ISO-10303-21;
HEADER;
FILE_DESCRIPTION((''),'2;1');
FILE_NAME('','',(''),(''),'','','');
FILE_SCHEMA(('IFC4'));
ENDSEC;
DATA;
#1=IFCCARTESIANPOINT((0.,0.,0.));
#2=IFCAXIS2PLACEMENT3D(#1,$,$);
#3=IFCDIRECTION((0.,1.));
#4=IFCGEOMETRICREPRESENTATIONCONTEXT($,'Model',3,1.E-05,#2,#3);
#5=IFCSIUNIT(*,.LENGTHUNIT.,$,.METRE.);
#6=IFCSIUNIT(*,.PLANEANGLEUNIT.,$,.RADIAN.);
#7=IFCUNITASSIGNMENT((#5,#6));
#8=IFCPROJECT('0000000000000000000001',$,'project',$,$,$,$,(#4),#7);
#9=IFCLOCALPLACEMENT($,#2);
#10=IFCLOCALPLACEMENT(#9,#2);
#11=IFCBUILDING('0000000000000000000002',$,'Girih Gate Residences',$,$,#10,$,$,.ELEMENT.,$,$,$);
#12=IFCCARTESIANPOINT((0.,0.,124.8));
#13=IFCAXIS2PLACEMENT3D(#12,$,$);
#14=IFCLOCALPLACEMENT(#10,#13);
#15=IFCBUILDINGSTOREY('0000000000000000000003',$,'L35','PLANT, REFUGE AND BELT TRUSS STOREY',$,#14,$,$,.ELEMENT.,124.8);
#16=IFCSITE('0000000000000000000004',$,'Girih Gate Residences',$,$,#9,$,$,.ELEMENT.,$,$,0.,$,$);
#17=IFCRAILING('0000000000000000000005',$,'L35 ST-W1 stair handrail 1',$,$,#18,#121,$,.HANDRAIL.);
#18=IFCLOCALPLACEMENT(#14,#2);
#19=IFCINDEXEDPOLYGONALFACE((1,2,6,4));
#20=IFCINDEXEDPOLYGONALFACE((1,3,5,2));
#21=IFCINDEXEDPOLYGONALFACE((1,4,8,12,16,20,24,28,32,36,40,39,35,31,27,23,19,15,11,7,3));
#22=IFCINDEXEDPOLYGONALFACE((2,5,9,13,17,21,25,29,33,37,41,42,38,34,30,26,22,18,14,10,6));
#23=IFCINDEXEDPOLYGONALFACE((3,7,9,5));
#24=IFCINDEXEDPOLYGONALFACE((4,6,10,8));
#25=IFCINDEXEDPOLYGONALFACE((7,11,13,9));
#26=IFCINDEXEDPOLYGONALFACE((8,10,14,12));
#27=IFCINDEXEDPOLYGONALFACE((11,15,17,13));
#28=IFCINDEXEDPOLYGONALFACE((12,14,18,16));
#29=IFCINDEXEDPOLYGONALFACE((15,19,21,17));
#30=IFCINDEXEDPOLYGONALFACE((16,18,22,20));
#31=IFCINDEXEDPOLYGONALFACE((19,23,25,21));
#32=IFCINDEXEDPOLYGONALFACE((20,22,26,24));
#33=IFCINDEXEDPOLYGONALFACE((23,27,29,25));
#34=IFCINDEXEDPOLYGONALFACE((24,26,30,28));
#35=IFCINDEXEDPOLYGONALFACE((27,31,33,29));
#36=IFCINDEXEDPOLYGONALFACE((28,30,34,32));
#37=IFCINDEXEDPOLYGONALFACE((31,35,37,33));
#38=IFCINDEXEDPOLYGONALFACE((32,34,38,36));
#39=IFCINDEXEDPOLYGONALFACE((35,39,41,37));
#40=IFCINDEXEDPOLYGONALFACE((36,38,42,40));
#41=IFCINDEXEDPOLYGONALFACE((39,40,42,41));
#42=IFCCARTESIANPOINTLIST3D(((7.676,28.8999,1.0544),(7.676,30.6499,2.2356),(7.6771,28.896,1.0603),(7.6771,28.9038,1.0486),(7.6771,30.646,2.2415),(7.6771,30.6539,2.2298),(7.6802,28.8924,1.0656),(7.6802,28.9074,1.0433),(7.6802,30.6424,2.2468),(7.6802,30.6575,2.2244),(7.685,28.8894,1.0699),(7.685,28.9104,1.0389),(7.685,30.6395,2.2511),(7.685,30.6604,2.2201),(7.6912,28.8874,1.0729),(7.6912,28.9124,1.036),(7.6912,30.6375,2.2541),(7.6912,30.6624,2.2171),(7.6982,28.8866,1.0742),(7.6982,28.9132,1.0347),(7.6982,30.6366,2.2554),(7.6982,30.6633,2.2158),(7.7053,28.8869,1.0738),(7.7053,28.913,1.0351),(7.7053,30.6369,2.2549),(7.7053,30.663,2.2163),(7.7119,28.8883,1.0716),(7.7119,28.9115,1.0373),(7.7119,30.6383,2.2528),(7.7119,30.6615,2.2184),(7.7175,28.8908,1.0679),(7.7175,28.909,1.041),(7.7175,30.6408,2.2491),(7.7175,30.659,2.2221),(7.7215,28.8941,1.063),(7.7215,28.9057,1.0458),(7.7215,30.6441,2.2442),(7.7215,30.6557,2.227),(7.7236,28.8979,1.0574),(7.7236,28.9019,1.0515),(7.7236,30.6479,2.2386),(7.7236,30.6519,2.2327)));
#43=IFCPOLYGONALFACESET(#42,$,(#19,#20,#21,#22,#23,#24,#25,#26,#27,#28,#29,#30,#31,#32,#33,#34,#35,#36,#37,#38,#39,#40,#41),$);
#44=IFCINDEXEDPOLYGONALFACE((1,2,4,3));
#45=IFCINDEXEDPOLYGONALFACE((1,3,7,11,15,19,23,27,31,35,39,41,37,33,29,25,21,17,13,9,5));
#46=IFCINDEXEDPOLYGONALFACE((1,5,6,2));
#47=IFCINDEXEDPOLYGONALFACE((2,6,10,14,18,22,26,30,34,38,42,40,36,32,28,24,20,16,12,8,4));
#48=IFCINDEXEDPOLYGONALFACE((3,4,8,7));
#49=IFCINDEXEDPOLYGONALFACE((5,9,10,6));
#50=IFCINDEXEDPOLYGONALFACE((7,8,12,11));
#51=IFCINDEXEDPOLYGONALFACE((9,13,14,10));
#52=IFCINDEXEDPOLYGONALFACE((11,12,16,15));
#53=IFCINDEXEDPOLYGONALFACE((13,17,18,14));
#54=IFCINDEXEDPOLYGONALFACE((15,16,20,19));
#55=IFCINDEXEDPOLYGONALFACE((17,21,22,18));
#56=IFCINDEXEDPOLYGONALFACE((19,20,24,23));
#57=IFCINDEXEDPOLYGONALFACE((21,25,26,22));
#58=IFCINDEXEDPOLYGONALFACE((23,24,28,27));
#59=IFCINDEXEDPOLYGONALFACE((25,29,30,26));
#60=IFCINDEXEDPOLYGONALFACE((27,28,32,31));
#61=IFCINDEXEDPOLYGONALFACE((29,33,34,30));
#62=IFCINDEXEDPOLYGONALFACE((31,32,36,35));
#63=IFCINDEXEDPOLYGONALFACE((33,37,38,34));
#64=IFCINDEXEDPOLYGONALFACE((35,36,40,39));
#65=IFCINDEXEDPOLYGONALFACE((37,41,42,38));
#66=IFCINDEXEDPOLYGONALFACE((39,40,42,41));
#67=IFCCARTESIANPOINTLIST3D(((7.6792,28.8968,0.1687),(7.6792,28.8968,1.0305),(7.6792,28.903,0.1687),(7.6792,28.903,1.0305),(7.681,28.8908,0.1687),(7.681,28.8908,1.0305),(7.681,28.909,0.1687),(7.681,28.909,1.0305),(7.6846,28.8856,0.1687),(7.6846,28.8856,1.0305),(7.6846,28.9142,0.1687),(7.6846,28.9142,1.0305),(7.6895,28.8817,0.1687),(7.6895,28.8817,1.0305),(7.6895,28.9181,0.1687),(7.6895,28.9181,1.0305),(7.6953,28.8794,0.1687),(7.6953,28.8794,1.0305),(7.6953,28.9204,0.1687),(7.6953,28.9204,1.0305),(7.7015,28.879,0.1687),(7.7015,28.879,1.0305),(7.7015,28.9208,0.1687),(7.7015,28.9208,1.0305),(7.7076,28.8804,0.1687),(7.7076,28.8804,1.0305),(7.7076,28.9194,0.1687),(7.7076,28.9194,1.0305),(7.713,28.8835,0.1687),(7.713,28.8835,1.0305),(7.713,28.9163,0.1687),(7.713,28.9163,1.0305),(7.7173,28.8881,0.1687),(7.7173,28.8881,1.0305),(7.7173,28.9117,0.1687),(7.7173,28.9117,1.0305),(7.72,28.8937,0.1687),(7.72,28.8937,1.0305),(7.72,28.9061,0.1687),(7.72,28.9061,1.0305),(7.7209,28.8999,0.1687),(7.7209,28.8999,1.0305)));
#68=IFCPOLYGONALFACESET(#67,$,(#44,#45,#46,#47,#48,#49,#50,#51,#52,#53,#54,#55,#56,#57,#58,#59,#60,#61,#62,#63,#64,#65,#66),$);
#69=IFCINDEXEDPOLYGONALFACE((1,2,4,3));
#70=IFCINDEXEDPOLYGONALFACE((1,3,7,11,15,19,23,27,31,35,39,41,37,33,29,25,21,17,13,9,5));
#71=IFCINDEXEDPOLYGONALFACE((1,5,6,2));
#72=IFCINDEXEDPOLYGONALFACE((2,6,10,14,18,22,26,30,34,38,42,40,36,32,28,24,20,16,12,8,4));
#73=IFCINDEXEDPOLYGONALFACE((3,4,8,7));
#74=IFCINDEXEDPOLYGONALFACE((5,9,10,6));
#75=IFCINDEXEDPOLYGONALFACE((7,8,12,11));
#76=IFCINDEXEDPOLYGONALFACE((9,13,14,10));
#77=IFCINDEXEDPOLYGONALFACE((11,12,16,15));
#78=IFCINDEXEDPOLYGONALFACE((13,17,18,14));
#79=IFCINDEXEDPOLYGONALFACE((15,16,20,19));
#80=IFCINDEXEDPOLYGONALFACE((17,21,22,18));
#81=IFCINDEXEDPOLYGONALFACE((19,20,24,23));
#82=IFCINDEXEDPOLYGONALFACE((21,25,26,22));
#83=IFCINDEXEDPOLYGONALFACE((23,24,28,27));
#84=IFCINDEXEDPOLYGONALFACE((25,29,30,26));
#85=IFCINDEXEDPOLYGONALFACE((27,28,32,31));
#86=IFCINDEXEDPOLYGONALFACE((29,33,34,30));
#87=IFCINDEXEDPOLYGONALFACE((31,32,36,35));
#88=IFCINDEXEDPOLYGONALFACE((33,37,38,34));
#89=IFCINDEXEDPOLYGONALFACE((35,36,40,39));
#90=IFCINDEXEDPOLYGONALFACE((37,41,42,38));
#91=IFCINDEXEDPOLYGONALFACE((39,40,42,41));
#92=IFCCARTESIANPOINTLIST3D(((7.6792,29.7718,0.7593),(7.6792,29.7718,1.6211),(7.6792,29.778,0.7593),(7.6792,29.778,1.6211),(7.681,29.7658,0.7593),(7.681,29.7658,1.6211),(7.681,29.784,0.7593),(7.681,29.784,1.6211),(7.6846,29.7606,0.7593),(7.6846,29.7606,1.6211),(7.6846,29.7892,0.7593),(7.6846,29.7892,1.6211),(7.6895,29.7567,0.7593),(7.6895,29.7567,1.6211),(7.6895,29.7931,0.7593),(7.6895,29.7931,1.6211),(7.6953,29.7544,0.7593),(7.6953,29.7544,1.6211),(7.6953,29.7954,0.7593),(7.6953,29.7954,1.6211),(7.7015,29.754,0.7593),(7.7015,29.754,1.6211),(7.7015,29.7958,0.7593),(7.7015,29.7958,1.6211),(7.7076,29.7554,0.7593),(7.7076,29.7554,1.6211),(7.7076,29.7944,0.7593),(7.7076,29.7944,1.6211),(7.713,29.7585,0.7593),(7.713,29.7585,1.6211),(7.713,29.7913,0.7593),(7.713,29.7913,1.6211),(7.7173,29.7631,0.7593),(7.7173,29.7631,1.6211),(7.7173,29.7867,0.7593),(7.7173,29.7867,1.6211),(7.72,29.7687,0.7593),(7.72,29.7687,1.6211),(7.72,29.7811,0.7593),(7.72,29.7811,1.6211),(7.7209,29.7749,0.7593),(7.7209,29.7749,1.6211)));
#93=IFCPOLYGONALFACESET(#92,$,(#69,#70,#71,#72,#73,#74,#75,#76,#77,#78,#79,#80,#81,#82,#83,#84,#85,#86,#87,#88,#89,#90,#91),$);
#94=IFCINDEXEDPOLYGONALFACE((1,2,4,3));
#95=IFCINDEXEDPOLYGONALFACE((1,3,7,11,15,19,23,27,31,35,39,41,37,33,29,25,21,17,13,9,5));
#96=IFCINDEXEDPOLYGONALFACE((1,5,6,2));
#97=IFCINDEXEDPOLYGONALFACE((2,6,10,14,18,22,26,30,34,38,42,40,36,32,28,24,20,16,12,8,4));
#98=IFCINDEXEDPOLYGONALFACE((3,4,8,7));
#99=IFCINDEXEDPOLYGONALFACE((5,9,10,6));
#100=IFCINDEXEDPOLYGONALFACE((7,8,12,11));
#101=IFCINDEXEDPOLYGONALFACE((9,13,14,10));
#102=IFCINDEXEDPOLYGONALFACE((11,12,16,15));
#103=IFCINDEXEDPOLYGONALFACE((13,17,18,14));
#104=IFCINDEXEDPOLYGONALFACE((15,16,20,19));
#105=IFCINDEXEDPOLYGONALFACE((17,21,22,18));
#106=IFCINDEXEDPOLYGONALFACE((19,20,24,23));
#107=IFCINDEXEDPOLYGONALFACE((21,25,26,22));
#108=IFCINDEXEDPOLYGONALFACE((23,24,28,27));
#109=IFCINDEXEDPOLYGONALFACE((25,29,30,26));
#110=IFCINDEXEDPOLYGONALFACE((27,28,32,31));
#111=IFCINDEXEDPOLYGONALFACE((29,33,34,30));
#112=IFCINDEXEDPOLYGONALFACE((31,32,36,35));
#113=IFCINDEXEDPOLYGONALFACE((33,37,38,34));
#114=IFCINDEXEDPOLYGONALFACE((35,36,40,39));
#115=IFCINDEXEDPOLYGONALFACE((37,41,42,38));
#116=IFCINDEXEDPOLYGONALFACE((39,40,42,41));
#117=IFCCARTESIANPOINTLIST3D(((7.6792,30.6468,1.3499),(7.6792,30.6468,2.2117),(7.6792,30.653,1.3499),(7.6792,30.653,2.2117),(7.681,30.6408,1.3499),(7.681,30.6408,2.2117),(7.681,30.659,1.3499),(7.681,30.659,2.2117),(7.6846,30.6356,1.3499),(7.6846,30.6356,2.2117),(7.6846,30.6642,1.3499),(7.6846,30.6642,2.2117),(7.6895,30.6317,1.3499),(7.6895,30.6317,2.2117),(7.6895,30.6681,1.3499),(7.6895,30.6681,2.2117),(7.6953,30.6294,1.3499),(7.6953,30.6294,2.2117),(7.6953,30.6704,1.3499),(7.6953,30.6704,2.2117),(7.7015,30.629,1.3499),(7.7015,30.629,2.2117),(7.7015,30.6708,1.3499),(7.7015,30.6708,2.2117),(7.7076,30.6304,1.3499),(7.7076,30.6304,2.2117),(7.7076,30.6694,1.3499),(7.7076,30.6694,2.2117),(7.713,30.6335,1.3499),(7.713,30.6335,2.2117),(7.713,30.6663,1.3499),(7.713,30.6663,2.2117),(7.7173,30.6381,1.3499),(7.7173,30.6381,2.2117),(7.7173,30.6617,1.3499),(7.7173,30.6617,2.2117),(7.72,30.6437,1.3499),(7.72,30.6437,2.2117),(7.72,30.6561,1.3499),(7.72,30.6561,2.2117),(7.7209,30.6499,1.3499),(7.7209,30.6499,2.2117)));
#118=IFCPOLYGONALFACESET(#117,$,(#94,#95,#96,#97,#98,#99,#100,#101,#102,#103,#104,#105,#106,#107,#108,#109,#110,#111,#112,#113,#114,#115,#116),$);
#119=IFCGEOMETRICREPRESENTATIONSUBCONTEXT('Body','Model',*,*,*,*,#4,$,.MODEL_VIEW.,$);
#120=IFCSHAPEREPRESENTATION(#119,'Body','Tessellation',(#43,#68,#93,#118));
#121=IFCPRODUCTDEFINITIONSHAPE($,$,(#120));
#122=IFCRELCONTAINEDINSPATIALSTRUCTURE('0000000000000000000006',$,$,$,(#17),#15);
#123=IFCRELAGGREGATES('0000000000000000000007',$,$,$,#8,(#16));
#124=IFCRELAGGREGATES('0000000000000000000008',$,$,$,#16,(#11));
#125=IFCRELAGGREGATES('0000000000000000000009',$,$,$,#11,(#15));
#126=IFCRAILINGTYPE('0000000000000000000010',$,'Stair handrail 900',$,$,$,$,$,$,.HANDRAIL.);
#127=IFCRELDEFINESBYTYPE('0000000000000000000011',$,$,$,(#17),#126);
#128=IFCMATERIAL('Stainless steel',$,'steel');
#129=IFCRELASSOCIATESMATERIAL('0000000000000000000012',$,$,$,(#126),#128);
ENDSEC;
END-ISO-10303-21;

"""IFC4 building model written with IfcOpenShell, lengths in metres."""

from ifc_helpers import new_model, si_unit, direction, frame, origin, origin_2d, place, context, subcontext, project, spatial, circle, extrude, material, type_object, element, save


model = new_model("IFC4")

# Units and contexts
model_context = context("Model", 3, precision=1e-05, world=origin(), true_north=direction((0.0, 1.0)))
body_context = subcontext(model_context, "Body", "Model", "MODEL_VIEW")
ifc_project = project(units=[si_unit("LENGTHUNIT", "METRE"), si_unit("PLANEANGLEUNIT", "RADIAN")], contexts=[model_context])

# Site, building, storey
site_placement = place(None, origin())
site = spatial("IfcSite", under=ifc_project, at=site_placement, Name="Girih Gate Residences", CompositionType="ELEMENT", RefElevation=0.0)
building_placement = place(site_placement, origin())
building = spatial("IfcBuilding", under=site, at=building_placement, Name="Girih Gate Residences", CompositionType="ELEMENT")
storey_placement = place(building_placement, frame((0.0, 0.0, 124.8)))
storey = spatial("IfcBuildingStorey", under=building, at=storey_placement, Name="L35", Description="PLANT, REFUGE AND BELT TRUSS STOREY", CompositionType="ELEMENT", Elevation=124.8)

# Railing
ifc_material_1 = material(Name="Stainless steel", Category="steel")
railing_type_1 = type_object("IfcRailingType", Name="Stair handrail 900", PredefinedType="HANDRAIL", material=ifc_material_1)
railing_1_placement = place(storey_placement, frame((7.7, 28.8999, 0.1687)))
element("IfcRailing", 1, at=railing_1_placement, inside=storey, type_object=railing_type_1, Name="L35 ST-W1 stair handrail 1", PredefinedType="HANDRAIL", context=body_context, shape_type="SweptSolid", body=[
    extrude(circle(Radius=0.0239, at=origin_2d()), frame((0.0, 0.0, 0.8857), z_axis=(0.0, 0.82887, 0.559441), x_axis=(-1.0, 0.0, 0.0)), (0.0, 0.0, 1.0), 2.1113),
    extrude(circle(Radius=0.021, at=origin_2d()), origin(), (0.0, 0.0, 1.0), 0.8618),
    extrude(circle(Radius=0.021, at=origin_2d()), frame((0.0, 0.875, 0.5906)), (0.0, 0.0, 1.0), 0.8618),
    extrude(circle(Radius=0.021, at=origin_2d()), frame((0.0, 1.75, 1.1812)), (0.0, 0.0, 1.0), 0.8618),
])

save(model, "model.ifc")
